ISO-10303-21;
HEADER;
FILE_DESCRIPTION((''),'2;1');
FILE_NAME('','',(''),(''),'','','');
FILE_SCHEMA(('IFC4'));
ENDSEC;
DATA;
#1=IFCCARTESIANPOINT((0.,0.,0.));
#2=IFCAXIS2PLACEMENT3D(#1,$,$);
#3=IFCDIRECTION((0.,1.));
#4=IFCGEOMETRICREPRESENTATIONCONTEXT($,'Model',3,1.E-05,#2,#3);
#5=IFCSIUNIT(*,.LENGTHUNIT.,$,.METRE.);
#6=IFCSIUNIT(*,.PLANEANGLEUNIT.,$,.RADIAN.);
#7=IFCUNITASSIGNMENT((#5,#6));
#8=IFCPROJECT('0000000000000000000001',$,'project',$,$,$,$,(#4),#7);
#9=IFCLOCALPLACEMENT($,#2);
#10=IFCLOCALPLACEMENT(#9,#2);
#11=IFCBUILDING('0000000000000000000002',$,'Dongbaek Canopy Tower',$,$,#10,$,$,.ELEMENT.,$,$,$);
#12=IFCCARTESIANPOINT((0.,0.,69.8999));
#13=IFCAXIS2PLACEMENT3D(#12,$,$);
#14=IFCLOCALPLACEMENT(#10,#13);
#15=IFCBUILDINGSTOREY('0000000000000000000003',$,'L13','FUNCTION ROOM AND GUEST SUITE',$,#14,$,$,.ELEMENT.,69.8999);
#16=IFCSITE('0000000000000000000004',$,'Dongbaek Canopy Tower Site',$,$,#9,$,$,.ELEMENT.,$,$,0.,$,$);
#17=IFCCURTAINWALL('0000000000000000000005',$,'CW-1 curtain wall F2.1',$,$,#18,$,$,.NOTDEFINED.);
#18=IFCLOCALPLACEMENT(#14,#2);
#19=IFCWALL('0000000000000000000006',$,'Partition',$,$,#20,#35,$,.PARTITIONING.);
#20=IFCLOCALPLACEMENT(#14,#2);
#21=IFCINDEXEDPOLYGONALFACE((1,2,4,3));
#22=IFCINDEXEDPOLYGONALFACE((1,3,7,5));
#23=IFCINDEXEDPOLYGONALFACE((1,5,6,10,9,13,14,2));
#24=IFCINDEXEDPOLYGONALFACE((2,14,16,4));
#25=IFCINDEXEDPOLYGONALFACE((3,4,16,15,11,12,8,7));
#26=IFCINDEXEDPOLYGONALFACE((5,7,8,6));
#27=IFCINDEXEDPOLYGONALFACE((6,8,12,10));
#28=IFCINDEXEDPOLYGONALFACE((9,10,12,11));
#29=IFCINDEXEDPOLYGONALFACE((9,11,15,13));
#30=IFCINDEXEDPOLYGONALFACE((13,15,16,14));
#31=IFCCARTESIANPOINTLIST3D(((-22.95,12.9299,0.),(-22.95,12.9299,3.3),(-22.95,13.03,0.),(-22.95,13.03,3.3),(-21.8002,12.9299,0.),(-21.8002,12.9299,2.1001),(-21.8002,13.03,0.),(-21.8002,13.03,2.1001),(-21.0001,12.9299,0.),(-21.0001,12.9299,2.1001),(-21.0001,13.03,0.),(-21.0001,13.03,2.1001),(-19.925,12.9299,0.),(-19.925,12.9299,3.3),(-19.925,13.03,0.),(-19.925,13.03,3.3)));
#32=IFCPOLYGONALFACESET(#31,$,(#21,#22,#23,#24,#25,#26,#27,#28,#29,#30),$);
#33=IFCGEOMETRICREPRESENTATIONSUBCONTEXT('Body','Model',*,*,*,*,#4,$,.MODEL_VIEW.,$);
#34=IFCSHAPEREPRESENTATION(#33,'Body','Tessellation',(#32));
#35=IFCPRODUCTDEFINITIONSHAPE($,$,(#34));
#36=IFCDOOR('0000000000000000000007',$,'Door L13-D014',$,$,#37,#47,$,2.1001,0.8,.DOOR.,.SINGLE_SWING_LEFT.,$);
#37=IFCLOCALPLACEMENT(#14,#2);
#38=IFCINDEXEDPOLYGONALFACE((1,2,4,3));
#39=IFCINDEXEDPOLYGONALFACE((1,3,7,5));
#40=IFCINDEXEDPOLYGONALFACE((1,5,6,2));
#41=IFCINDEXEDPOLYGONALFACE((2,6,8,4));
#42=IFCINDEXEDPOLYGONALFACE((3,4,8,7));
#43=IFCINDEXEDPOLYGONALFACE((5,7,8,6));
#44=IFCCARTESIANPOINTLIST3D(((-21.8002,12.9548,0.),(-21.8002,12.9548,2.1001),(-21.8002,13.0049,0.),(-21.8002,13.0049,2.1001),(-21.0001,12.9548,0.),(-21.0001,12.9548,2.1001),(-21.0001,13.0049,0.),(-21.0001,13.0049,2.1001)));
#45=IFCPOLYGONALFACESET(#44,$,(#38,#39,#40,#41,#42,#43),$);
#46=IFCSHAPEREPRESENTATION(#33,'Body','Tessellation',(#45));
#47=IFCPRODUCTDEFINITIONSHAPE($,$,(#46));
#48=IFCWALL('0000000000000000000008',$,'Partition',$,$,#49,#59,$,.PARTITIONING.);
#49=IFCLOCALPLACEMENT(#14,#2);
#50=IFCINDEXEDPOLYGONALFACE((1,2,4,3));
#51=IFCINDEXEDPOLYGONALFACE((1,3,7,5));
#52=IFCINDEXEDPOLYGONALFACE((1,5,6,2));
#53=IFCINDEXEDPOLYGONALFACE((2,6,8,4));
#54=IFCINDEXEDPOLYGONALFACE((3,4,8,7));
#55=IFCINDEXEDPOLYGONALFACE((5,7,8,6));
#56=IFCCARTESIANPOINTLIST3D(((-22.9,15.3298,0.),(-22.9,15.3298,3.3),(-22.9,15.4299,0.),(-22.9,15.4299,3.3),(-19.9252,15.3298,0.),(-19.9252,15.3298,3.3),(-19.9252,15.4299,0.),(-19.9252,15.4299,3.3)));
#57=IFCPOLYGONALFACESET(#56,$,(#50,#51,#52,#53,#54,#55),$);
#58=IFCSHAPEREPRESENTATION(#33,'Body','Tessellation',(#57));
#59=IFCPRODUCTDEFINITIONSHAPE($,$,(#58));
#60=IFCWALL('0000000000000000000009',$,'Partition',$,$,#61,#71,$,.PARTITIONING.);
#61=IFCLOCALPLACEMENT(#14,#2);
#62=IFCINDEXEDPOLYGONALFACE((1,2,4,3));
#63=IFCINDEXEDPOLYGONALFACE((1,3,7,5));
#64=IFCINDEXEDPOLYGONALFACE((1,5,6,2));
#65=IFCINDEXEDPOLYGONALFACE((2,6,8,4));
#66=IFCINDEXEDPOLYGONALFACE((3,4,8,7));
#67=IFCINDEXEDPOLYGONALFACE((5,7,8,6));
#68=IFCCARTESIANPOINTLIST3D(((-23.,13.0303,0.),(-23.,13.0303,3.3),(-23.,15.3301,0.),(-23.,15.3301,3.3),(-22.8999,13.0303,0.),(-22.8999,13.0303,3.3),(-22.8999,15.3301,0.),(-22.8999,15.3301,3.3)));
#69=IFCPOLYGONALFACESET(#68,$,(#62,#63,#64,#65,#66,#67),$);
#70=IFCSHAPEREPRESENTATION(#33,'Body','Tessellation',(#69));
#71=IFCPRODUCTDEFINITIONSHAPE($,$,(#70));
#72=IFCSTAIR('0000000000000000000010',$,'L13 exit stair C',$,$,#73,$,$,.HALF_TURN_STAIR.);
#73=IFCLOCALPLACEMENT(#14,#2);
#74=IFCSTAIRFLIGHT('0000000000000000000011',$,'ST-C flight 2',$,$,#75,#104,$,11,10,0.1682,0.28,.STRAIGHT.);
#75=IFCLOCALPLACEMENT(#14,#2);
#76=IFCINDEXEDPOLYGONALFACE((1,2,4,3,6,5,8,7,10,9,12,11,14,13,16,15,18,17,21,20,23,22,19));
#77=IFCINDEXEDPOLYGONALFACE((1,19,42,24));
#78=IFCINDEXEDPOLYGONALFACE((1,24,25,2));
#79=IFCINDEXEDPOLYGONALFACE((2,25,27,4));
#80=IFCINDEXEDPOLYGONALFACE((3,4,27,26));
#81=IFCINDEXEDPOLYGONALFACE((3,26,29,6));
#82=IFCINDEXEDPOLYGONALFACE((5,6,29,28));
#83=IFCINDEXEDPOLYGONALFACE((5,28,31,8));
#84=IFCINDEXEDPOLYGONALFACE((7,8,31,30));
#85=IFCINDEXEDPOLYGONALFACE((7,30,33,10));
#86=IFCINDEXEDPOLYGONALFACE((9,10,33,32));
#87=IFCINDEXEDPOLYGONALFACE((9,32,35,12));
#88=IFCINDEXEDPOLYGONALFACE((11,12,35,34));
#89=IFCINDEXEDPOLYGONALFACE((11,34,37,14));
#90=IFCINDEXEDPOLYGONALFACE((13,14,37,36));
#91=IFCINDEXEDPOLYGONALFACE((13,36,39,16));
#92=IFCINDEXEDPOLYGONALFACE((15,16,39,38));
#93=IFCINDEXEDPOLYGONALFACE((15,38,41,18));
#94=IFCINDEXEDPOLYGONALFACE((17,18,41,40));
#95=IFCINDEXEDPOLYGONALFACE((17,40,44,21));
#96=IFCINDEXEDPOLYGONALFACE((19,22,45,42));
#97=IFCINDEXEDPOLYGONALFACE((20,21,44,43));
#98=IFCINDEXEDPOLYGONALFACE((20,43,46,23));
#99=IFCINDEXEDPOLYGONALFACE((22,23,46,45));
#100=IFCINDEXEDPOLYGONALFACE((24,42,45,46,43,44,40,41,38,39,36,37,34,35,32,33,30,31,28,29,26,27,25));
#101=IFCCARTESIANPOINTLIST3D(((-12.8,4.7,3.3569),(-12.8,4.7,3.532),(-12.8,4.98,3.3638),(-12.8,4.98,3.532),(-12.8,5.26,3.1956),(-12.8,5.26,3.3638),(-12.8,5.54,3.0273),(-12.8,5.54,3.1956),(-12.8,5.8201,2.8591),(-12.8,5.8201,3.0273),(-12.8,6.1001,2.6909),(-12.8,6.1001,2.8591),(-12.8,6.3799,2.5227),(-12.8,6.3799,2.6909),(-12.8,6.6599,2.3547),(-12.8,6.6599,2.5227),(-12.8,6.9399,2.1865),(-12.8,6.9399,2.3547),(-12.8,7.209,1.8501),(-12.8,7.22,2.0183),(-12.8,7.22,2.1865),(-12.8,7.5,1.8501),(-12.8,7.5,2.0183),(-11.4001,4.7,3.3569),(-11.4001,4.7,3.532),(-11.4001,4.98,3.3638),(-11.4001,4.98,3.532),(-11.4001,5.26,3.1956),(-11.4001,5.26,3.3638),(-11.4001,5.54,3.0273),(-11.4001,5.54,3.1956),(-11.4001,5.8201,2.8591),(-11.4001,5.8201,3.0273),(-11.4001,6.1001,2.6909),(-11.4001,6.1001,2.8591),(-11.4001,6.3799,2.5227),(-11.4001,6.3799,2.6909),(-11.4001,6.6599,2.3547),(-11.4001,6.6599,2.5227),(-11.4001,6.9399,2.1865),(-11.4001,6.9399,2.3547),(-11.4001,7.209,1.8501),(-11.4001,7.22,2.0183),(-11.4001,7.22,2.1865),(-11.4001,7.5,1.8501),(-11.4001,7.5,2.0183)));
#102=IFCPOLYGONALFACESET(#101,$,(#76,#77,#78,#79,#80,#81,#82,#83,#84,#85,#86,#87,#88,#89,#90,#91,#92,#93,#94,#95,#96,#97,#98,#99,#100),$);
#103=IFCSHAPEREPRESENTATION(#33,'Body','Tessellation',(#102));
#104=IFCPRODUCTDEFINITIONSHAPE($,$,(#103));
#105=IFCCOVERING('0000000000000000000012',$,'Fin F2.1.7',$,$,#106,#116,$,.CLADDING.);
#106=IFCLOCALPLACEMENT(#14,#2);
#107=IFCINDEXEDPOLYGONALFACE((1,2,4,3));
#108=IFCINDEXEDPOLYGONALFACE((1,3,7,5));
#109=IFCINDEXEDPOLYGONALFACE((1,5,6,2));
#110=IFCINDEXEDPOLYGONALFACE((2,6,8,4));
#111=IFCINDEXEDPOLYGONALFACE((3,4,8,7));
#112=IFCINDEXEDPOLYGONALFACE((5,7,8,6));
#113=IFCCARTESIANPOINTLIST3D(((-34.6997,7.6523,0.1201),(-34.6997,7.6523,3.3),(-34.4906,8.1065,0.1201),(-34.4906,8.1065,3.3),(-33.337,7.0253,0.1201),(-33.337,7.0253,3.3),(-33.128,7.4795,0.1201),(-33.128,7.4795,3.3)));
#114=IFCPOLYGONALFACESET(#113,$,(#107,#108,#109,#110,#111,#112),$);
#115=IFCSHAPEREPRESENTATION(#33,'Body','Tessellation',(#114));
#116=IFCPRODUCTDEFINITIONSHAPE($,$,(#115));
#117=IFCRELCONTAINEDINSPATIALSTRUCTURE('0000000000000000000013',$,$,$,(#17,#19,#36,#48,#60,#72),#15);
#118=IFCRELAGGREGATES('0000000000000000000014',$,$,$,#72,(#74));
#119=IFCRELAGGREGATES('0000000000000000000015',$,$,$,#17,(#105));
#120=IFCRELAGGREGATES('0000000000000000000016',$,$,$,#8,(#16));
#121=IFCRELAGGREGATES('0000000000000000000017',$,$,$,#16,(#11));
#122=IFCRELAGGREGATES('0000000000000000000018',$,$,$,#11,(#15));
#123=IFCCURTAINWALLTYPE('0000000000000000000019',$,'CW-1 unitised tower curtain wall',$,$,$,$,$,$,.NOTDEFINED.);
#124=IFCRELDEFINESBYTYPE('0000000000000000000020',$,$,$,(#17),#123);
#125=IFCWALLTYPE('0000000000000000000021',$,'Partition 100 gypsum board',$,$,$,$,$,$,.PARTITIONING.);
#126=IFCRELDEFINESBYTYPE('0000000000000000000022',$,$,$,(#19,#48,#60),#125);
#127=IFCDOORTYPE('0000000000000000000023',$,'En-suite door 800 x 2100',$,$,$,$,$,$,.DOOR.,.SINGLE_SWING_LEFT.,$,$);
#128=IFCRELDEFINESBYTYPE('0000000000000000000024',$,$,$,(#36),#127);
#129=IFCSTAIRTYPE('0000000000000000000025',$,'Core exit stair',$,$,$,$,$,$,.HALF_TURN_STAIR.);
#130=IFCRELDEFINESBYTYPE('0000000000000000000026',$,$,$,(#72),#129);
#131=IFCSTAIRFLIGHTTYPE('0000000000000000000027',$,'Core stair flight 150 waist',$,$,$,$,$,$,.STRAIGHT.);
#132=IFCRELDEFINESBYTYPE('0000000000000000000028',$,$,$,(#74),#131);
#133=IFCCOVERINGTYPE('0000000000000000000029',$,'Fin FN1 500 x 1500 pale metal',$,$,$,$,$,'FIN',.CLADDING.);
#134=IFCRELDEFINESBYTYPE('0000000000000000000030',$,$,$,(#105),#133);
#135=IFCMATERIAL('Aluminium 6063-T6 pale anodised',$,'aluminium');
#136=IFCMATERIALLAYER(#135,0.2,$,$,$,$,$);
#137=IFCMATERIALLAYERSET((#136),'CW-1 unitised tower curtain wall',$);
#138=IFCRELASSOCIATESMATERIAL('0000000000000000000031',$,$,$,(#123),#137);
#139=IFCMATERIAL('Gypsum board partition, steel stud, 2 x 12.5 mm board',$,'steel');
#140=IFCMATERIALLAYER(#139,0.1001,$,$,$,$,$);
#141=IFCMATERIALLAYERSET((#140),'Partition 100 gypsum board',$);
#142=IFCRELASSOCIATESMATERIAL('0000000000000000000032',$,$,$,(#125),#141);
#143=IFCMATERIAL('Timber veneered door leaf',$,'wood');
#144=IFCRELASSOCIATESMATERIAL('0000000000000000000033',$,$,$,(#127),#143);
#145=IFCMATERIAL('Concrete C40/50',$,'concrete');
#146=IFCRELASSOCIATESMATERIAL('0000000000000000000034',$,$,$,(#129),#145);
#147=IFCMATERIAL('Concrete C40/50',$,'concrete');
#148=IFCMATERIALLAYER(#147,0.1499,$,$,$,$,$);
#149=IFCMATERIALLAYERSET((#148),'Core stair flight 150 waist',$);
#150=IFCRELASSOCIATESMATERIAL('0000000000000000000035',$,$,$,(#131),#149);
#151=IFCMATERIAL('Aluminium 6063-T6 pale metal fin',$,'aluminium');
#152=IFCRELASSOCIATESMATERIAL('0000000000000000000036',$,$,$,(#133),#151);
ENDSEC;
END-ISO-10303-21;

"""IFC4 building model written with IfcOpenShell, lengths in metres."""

from ifc_helpers import new_model, si_unit, direction, frame, frame_2d, origin, origin_2d, place, context, subcontext, project, spatial, polyline, rectangle, outline, extrude, material, layer, layer_set, material_profile, profile_set, type_object, element, fill, aggregate, save


model = new_model("IFC4")

# Units and contexts
model_context = context("Model", 3, precision=1e-05, world=origin(), true_north=direction((0.0, 1.0)))
body_context = subcontext(model_context, "Body", "Model", "MODEL_VIEW")
ifc_project = project(units=[si_unit("LENGTHUNIT", "METRE"), si_unit("PLANEANGLEUNIT", "RADIAN")], contexts=[model_context])

# Site, building, storey
site_placement = place(None, origin())
site = spatial("IfcSite", under=ifc_project, at=site_placement, Name="Dongbaek Canopy Tower Site", CompositionType="ELEMENT", RefElevation=0.0)
building_placement = place(site_placement, origin())
building = spatial("IfcBuilding", under=site, at=building_placement, Name="Dongbaek Canopy Tower", CompositionType="ELEMENT")
storey_placement = place(building_placement, frame((0.0, 0.0, 69.8999)))
storey = spatial("IfcBuildingStorey", under=building, at=storey_placement, Name="L13", Description="FUNCTION ROOM AND GUEST SUITE", CompositionType="ELEMENT", Elevation=69.8999)

# Curtain wall
ifc_material_1 = material(Name="Aluminium 6063-T6 pale anodised", Category="aluminium")
ifc_layer_1 = layer(ifc_material_1, 0.2)
ifc_layer_set_1 = layer_set([ifc_layer_1], Name="CW-1 unitised tower curtain wall")
curtain_wall_type = type_object("IfcCurtainWallType", Name="CW-1 unitised tower curtain wall", PredefinedType="NOTDEFINED", material=ifc_layer_set_1)
curtain_wall_placement = place(storey_placement, origin())
curtain_wall = element("IfcCurtainWall", 1, at=curtain_wall_placement, inside=storey, type_object=curtain_wall_type, Name="CW-1 curtain wall F2.1", PredefinedType="NOTDEFINED")

# Shared definitions
ifc_material_2 = material(Name="Gypsum board partition, steel stud, 2 x 12.5 mm board", Category="steel")
ifc_layer_2 = layer(ifc_material_2, 0.1001)
ifc_layer_set_2 = layer_set([ifc_layer_2], Name="Partition 100 gypsum board")
wall_type_1 = type_object("IfcWallType", Name="Partition 100 gypsum board", PredefinedType="PARTITIONING", material=ifc_layer_set_2)

# Shared definitions
ifc_material_3 = material(Name="Timber veneered door leaf", Category="wood")
door_type_1 = type_object("IfcDoorType", Name="En-suite door 800 x 2100", OperationType="SINGLE_SWING_LEFT", PredefinedType="DOOR", material=ifc_material_3)

# Wall, opening, door
wall_1_placement = place(storey_placement, frame((-22.95, 12.98, 0.0), z_axis=(0.0, 0.0, 1.0), x_axis=(1.0, 0.0, 0.0)))
wall_1 = element("IfcWall", 2, at=wall_1_placement, inside=storey, type_object=wall_type_1, Name="Partition", PredefinedType="PARTITIONING", context=body_context, shape_type="SweptSolid", body=[
    extrude(rectangle(XDim=3.0249, YDim=0.1001, at=frame_2d((1.5125, 0.0))), origin(), (0.0, 0.0, 1.0), 3.3),
])
opening_1_placement = place(wall_1_placement, frame((1.1499, 0.0, 0.0)))
opening_1 = element("IfcOpeningElement", 3, at=opening_1_placement, cuts=wall_1, PredefinedType="OPENING", context=body_context, shape_type="SweptSolid", body=[
    extrude(rectangle(XDim=0.8, YDim=2.1001, at=frame_2d((0.3999, 1.05))), frame((0.0, 0.0601, 0.0), z_axis=(0.0, -1.0, 0.0), x_axis=(1.0, 0.0, 0.0)), (0.0, 0.0, 1.0), 0.1201),
])
door_1_placement = place(opening_1_placement, origin())
door_1 = element("IfcDoor", 4, at=door_1_placement, inside=storey, type_object=door_type_1, Name="Door L13-D014", OperationType="SINGLE_SWING_LEFT", OverallHeight=2.1001, OverallWidth=0.8, PredefinedType="DOOR", context=body_context, shape_type="SweptSolid", body=[
    extrude(rectangle(XDim=0.8, YDim=2.1001, at=frame_2d((0.3999, 1.05))), frame((0.0, 0.0249, 0.0), z_axis=(0.0, -1.0, 0.0), x_axis=(1.0, 0.0, 0.0)), (0.0, 0.0, 1.0), 0.05),
])
fill(opening_1, door_1)

# Walls
wall_2_placement = place(storey_placement, frame((-22.8999, 15.3799, 0.0), z_axis=(0.0, 0.0, 1.0), x_axis=(1.0, 0.0, 0.0)))
element("IfcWall", 5, at=wall_2_placement, inside=storey, type_object=wall_type_1, Name="Partition", PredefinedType="PARTITIONING", context=body_context, shape_type="SweptSolid", body=[
    extrude(rectangle(XDim=2.9749, YDim=0.1001, at=frame_2d((1.4873, 0.0))), origin(), (0.0, 0.0, 1.0), 3.3),
])
wall_3_placement = place(storey_placement, frame((-22.95, 13.0303, 0.0), z_axis=(0.0, 0.0, 1.0), x_axis=(0.0, 1.0, 0.0)))
element("IfcWall", 6, at=wall_3_placement, inside=storey, type_object=wall_type_1, Name="Partition", PredefinedType="PARTITIONING", context=body_context, shape_type="SweptSolid", body=[
    extrude(rectangle(XDim=2.2998, YDim=0.1001, at=frame_2d((1.1499, 0.0))), origin(), (0.0, 0.0, 1.0), 3.3),
])

# Stair, stair flight
ifc_material_4 = material(Name="Concrete C40/50", Category="concrete")
stair_type = type_object("IfcStairType", Name="Core exit stair", PredefinedType="HALF_TURN_STAIR", material=ifc_material_4)
stair_placement = place(storey_placement, origin())
stair = element("IfcStair", 7, at=stair_placement, inside=storey, type_object=stair_type, Name="L13 exit stair C", PredefinedType="HALF_TURN_STAIR")
ifc_material_5 = material(Name="Concrete C40/50", Category="concrete")
ifc_layer_3 = layer(ifc_material_5, 0.1499)
ifc_layer_set_3 = layer_set([ifc_layer_3], Name="Core stair flight 150 waist")
stair_flight_type = type_object("IfcStairFlightType", Name="Core stair flight 150 waist", PredefinedType="STRAIGHT", material=ifc_layer_set_3)
stair_flight_placement = place(storey_placement, frame((-12.1001, 7.5, 1.8501), z_axis=(0.0, 0.0, 1.0), x_axis=(0.0, -1.0, 0.0)))
stair_flight = element("IfcStairFlight", 8, at=stair_flight_placement, type_object=stair_flight_type, Name="ST-C flight 2", NumberOfRisers=11, NumberOfTreads=10, PredefinedType="STRAIGHT", RiserHeight=0.1682, TreadLength=0.28, context=body_context, shape_type="SweptSolid", body=[
    extrude(outline(polyline([(0.0, 0.0), (0.0, 0.1682), (0.28, 0.1682), (0.28, 0.3364), (0.5601, 0.3364), (0.5601, 0.5046), (0.8401, 0.5046), (0.8401, 0.6726), (1.1201, 0.6726), (1.1201, 0.8408), (1.3999, 0.8408), (1.3999, 1.009), (1.6799, 1.009), (1.6799, 1.1772), (1.96, 1.1772), (1.96, 1.3455), (2.24, 1.3455), (2.24, 1.5137), (2.52, 1.5137), (2.52, 1.6819), (2.8, 1.6819), (2.8, 1.8501), (2.8, 1.5068), (0.291, 0.0), (0.0, 0.0)])), frame((0.0, 0.7, 0.0), z_axis=(0.0, -1.0, 0.0), x_axis=(1.0, 0.0, 0.0)), (0.0, 0.0, 1.0), 1.3999),
])
aggregate(stair, [stair_flight])

# Covering
ifc_material_6 = material(Name="Aluminium 6063-T6 pale metal fin", Category="aluminium")
ifc_material_profile_1 = material_profile(ifc_material_6, rectangle(XDim=1.5, YDim=0.5, at=origin_2d()), Name="Fin FN1 500 x 1500 pale metal")
ifc_profile_set_1 = profile_set([ifc_material_profile_1], Name="Aluminium 6063-T6 pale metal fin")
covering_type = type_object("IfcCoveringType", Name="Fin FN1 500 x 1500 pale metal", ElementType="FIN", PredefinedType="CLADDING", material=ifc_profile_set_1)
covering_placement = place(storey_placement, frame((-33.9138, 7.5659, 0.1201), z_axis=(0.0, 0.0, 1.0), x_axis=(-0.908436, 0.418025, 0.0)))
covering = element("IfcCovering", 9, at=covering_placement, type_object=covering_type, Name="Fin F2.1.7", PredefinedType="CLADDING", context=body_context, shape_type="SweptSolid", body=[
    extrude(rectangle(XDim=1.5, YDim=0.5, at=origin_2d()), origin(), (0.0, 0.0, 1.0), 3.1799),
])
aggregate(curtain_wall, [covering])

save(model, "model.ifc")
